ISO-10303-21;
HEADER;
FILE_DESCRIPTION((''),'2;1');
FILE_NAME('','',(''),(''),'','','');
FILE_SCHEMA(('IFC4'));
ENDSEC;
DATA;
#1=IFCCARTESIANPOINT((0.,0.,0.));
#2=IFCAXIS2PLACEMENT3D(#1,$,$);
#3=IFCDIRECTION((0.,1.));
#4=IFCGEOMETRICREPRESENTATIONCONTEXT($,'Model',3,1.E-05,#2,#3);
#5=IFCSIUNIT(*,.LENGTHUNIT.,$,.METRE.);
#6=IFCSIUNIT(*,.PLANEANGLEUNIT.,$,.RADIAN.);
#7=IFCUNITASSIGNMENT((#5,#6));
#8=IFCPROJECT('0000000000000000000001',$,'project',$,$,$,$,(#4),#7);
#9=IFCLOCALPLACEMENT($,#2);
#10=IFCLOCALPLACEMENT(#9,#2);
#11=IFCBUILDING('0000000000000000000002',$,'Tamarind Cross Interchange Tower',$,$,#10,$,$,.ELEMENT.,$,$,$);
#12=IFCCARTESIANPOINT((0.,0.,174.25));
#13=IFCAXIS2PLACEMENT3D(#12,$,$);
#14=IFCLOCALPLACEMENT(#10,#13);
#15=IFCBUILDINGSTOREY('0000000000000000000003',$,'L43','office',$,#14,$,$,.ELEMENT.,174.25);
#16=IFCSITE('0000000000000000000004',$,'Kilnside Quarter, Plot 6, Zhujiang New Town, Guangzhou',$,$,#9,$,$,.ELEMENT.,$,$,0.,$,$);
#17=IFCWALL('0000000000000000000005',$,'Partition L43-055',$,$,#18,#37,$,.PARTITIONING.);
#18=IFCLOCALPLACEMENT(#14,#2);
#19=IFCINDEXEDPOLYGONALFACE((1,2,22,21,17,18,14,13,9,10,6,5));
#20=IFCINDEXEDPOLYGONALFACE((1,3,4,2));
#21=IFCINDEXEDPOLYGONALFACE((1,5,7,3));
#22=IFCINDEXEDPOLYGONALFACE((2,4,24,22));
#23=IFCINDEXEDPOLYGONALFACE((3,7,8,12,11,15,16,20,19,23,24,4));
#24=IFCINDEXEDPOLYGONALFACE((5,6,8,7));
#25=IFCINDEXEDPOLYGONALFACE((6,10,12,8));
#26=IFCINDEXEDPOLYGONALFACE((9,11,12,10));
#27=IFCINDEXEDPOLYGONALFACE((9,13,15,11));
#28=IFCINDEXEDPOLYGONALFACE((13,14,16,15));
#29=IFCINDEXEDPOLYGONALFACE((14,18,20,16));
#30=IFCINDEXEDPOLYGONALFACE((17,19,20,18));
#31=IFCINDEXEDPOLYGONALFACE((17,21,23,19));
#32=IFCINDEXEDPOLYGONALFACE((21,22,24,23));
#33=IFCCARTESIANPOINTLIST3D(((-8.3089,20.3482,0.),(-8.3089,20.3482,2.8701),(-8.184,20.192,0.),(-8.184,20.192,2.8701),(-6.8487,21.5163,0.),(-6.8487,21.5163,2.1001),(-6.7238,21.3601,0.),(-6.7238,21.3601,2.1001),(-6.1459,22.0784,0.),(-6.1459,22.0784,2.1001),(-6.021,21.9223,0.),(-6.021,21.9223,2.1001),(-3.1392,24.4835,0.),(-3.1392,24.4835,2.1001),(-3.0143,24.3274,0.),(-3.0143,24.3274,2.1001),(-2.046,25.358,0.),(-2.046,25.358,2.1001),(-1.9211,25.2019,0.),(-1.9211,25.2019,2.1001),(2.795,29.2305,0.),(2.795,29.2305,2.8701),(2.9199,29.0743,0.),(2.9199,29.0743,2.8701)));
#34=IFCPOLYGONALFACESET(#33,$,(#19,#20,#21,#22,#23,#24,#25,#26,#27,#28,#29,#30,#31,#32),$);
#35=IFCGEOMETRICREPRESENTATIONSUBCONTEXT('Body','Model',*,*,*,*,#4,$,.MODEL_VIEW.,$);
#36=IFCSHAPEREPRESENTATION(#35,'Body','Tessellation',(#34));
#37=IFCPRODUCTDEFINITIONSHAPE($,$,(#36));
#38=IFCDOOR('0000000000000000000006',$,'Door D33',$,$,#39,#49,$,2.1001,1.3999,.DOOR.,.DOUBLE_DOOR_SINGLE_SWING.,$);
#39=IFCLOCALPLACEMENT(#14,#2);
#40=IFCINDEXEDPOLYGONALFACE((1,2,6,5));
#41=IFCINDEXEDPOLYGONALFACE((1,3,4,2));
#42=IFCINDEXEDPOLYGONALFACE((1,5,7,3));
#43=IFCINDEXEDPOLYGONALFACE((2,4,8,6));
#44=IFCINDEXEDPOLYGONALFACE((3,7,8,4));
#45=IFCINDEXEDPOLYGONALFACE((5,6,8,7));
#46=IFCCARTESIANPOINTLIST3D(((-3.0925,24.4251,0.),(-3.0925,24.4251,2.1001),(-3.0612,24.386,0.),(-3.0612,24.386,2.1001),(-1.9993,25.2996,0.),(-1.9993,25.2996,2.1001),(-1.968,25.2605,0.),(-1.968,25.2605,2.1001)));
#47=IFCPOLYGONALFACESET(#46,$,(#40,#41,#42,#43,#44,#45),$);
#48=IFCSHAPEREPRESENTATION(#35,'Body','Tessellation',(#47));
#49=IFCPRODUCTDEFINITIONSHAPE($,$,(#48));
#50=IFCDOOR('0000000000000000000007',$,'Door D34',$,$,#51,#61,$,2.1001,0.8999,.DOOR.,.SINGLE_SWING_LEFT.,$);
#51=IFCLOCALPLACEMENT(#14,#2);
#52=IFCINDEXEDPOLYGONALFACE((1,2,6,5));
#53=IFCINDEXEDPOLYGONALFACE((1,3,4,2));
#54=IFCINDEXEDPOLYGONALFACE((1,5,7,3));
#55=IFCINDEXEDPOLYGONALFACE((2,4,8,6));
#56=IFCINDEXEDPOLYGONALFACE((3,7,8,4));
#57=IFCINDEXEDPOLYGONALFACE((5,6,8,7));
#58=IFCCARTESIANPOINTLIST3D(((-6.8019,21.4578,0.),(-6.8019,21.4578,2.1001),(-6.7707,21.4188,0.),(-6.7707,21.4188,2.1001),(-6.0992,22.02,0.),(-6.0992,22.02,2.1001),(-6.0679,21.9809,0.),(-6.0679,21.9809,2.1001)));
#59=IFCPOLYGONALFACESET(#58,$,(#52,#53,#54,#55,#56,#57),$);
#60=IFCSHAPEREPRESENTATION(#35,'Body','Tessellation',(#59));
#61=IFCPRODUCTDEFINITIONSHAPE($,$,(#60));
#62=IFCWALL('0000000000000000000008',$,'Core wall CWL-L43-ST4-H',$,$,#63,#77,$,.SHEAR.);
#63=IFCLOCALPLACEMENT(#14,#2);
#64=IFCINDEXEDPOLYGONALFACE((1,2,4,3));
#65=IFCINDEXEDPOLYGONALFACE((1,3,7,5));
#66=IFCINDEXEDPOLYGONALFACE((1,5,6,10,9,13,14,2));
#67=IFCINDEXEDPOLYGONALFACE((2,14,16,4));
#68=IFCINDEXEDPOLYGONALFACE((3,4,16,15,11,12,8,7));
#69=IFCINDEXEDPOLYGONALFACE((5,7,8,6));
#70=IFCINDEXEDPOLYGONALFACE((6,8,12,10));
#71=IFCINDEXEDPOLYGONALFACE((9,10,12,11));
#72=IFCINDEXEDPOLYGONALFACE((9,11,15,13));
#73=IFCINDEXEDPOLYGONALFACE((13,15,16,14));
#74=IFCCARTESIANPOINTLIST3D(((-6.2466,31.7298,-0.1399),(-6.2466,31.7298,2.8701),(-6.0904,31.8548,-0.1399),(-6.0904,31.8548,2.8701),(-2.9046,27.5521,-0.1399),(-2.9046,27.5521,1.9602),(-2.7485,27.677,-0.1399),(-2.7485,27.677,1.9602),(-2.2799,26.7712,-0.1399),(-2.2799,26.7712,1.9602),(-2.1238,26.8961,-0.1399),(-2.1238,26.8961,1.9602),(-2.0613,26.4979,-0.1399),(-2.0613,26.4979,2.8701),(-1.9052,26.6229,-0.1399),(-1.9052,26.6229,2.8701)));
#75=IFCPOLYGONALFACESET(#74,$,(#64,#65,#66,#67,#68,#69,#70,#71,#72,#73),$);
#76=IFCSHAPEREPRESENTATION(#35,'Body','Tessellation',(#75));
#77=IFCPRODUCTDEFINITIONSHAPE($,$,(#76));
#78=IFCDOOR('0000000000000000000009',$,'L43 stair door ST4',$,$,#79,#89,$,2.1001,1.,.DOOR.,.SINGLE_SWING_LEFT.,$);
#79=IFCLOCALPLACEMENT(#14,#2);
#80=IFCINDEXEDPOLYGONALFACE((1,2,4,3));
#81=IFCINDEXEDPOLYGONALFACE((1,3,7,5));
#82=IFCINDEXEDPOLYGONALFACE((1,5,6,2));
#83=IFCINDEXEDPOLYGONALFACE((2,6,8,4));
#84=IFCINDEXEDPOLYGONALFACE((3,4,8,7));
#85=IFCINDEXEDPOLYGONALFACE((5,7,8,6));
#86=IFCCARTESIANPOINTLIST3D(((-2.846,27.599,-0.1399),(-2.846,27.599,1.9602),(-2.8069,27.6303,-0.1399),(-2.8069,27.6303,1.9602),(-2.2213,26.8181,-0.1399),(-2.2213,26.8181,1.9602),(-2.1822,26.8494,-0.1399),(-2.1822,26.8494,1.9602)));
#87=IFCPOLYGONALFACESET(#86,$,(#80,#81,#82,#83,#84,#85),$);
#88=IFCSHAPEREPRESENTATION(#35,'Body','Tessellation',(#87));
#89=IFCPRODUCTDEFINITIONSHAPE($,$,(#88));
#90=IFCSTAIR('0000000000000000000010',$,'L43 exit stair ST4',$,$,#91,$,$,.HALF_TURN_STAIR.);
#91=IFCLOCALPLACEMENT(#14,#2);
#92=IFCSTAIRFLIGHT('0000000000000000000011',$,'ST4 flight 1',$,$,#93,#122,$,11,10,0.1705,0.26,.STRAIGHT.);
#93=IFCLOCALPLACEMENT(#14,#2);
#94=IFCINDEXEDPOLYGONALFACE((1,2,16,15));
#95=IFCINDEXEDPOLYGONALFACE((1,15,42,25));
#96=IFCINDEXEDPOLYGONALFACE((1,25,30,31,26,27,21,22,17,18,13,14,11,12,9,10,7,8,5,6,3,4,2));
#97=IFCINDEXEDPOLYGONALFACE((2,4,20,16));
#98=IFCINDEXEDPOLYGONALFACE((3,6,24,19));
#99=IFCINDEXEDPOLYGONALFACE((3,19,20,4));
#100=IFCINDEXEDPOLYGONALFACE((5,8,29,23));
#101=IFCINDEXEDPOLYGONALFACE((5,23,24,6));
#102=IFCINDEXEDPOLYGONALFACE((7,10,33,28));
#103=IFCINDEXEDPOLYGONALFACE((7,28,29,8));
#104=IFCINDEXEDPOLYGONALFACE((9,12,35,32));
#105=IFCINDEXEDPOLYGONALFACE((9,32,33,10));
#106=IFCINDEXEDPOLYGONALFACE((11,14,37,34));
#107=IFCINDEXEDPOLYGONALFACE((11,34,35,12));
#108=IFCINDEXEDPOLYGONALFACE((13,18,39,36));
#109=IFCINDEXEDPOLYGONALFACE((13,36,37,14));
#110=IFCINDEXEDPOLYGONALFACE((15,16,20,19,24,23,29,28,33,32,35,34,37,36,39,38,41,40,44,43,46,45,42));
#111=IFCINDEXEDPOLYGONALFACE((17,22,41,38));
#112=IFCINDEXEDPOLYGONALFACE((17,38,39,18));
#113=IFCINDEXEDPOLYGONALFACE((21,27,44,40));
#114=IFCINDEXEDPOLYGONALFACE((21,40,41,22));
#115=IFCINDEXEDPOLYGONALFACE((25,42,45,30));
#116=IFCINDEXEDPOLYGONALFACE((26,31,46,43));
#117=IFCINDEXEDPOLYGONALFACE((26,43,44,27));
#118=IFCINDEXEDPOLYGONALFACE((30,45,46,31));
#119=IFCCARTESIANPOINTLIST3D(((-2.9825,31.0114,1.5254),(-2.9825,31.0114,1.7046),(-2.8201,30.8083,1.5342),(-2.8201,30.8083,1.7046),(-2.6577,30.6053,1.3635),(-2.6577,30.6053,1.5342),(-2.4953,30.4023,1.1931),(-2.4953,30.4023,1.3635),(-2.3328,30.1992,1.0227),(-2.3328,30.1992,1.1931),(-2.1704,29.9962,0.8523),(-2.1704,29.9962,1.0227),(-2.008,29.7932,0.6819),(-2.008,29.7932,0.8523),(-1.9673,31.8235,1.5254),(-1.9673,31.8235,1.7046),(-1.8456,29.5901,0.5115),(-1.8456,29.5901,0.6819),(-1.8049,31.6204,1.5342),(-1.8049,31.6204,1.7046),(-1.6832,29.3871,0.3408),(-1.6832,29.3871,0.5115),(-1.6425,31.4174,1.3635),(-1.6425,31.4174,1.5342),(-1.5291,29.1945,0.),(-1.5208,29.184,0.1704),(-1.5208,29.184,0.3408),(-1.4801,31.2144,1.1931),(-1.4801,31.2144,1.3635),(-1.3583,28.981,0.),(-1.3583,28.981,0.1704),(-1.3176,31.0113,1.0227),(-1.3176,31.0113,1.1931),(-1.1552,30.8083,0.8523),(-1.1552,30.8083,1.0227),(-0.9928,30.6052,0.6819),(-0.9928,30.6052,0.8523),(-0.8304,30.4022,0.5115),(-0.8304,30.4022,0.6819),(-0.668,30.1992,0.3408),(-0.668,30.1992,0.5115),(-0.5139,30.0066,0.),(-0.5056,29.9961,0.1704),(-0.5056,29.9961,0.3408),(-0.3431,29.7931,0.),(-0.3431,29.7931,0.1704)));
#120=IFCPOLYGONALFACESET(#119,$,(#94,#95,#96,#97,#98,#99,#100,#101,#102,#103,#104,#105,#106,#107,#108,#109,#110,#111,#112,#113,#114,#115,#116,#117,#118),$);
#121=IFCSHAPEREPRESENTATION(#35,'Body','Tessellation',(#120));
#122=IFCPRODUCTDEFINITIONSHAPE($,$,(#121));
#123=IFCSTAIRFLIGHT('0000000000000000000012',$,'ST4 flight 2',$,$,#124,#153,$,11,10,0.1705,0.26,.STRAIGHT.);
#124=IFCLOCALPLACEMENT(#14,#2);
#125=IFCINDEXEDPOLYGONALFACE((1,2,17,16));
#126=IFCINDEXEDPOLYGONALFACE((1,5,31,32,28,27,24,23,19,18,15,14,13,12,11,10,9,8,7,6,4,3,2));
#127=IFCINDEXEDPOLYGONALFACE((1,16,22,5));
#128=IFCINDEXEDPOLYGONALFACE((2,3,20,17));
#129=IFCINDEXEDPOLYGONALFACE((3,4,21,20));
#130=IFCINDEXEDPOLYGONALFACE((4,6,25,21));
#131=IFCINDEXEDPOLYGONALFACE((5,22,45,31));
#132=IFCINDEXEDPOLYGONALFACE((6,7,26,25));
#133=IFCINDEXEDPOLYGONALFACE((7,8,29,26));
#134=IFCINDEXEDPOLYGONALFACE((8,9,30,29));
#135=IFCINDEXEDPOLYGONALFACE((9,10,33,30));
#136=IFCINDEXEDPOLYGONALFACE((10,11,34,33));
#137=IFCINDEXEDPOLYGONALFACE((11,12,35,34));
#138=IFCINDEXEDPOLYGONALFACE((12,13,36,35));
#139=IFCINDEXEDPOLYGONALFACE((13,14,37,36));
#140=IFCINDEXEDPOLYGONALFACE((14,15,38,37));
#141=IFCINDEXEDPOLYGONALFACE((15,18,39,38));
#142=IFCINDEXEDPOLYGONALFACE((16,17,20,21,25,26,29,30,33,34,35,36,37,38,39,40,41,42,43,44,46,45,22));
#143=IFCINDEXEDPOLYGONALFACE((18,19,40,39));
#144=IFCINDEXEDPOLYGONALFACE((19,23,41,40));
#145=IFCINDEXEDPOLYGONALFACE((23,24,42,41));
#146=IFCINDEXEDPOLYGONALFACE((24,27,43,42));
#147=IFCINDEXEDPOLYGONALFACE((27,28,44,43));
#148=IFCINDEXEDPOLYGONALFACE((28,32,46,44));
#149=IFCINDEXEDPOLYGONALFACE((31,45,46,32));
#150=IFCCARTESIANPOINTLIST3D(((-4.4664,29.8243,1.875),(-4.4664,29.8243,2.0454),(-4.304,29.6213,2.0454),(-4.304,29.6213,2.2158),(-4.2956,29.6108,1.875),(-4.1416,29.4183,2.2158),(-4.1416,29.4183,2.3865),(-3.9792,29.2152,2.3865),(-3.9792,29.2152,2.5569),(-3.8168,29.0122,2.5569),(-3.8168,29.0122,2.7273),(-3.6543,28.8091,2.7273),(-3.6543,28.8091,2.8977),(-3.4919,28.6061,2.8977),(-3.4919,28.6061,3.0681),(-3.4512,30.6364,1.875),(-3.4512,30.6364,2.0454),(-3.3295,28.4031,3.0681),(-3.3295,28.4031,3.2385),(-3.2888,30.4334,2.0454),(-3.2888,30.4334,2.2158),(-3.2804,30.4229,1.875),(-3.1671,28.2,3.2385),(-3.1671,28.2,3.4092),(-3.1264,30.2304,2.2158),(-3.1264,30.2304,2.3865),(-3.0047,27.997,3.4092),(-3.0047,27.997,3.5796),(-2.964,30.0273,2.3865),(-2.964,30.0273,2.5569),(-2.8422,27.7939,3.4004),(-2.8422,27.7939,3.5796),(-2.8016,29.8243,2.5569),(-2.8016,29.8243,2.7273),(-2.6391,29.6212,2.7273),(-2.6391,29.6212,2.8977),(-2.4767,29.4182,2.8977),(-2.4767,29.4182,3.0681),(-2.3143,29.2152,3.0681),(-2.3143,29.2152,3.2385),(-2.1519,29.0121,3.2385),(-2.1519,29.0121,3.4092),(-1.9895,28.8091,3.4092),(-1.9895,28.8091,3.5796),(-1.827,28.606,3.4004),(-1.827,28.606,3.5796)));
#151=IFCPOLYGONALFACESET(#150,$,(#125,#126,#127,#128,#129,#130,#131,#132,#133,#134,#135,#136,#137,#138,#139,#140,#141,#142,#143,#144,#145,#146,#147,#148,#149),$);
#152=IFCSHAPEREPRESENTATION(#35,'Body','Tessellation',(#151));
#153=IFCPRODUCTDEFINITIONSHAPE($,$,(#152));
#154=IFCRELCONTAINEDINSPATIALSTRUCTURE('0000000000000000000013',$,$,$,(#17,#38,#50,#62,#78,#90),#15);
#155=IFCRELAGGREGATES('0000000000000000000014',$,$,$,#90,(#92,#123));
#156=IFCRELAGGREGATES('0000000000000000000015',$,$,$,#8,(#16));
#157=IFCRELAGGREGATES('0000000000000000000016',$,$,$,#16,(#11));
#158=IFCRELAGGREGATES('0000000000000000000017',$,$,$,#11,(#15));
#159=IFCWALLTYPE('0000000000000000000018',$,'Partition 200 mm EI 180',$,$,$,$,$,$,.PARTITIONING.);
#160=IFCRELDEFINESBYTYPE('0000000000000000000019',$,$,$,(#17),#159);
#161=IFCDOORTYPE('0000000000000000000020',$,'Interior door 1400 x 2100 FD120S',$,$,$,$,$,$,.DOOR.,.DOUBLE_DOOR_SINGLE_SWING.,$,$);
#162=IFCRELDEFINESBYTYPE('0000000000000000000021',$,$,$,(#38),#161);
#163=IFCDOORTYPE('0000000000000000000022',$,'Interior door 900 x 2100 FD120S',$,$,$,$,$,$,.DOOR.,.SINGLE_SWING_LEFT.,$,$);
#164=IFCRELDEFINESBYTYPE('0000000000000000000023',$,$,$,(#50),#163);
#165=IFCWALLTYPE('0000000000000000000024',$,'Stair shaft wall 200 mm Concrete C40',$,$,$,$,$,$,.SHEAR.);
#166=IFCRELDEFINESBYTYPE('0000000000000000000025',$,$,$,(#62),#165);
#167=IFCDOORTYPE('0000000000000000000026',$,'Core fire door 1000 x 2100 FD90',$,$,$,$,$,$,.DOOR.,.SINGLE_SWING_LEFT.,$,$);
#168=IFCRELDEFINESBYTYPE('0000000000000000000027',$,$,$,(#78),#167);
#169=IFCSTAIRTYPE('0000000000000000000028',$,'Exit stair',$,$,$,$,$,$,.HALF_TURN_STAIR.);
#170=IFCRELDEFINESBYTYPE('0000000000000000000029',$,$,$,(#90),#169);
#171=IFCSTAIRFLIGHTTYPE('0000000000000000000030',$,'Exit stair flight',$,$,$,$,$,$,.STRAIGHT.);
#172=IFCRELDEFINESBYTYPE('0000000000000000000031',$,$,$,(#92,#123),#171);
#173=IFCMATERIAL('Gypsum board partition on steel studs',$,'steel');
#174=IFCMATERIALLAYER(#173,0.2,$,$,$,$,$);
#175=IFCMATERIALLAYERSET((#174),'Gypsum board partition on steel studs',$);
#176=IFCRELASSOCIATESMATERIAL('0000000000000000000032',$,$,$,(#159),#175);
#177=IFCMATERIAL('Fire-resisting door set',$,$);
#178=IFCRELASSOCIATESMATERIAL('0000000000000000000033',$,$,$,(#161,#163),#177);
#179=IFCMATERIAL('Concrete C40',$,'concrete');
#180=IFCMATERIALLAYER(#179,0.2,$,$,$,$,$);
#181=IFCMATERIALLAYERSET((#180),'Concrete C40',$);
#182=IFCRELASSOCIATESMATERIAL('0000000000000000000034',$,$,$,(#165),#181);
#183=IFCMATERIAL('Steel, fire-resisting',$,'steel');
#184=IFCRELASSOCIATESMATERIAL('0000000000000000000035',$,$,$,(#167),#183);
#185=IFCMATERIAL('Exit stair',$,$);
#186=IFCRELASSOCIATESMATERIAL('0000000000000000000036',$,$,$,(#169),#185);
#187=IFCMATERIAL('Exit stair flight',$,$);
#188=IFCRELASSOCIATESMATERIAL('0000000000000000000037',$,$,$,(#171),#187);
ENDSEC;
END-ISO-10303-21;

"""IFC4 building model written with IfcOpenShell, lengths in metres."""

from ifc_helpers import new_model, si_unit, direction, frame, frame_2d, origin, place, context, subcontext, project, spatial, polyline, rectangle, outline, extrude, material, layer, layer_set, type_object, element, fill, aggregate, save


model = new_model("IFC4")

# Units and contexts
model_context = context("Model", 3, precision=1e-05, world=origin(), true_north=direction((0.0, 1.0)))
body_context = subcontext(model_context, "Body", "Model", "MODEL_VIEW")
ifc_project = project(units=[si_unit("LENGTHUNIT", "METRE"), si_unit("PLANEANGLEUNIT", "RADIAN")], contexts=[model_context])

# Site, building, storey
site_placement = place(None, origin())
site = spatial("IfcSite", under=ifc_project, at=site_placement, Name="Kilnside Quarter, Plot 6, Zhujiang New Town, Guangzhou", CompositionType="ELEMENT", RefElevation=0.0)
building_placement = place(site_placement, origin())
building = spatial("IfcBuilding", under=site, at=building_placement, Name="Tamarind Cross Interchange Tower", CompositionType="ELEMENT")
storey_placement = place(building_placement, frame((0.0, 0.0, 174.25)))
storey = spatial("IfcBuildingStorey", under=building, at=storey_placement, Name="L43", Description="office", CompositionType="ELEMENT", Elevation=174.25)

# Shared definitions
ifc_material_1 = material(Name="Gypsum board partition on steel studs", Category="steel")

# Shared definitions
ifc_material_2 = material(Name="Fire-resisting door set")

# Wall, openings, doors
ifc_layer_1 = layer(ifc_material_1, 0.2)
ifc_layer_set_1 = layer_set([ifc_layer_1], Name="Gypsum board partition on steel studs")
wall_type_1 = type_object("IfcWallType", Name="Partition 200 mm EI 180", PredefinedType="PARTITIONING", material=ifc_layer_set_1)
wall_1_placement = place(storey_placement, frame((-8.2466, 20.27, 0.0), z_axis=(0.0, 0.0, 1.0), x_axis=(0.780899, 0.624657, 0.0)))
wall_1 = element("IfcWall", 1, at=wall_1_placement, inside=storey, type_object=wall_type_1, Name="Partition L43-055", PredefinedType="PARTITIONING", context=body_context, shape_type="SweptSolid", body=[
    extrude(rectangle(XDim=14.2195, YDim=0.2, at=frame_2d((7.1099, 0.0))), origin(), (0.0, 0.0, 1.0), 2.8701),
])
opening_1_placement = place(wall_1_placement, frame((6.6204, 0.0, 0.0)))
opening_1 = element("IfcOpeningElement", 2, at=opening_1_placement, cuts=wall_1, PredefinedType="OPENING", context=body_context, shape_type="SweptSolid", body=[
    extrude(rectangle(XDim=1.3999, YDim=2.1001, at=frame_2d((0.7, 1.05))), frame((0.0, 0.1099, 0.0), z_axis=(0.0, -1.0, 0.0), x_axis=(1.0, 0.0, 0.0)), (0.0, 0.0, 1.0), 0.22),
])
opening_2_placement = place(wall_1_placement, frame((1.8701, 0.0, 0.0)))
opening_2 = element("IfcOpeningElement", 3, at=opening_2_placement, cuts=wall_1, PredefinedType="OPENING", context=body_context, shape_type="SweptSolid", body=[
    extrude(rectangle(XDim=0.8999, YDim=2.1001, at=frame_2d((0.45, 1.05))), frame((0.0, 0.1099, 0.0), z_axis=(0.0, -1.0, 0.0), x_axis=(1.0, 0.0, 0.0)), (0.0, 0.0, 1.0), 0.22),
])
door_type_1 = type_object("IfcDoorType", Name="Interior door 1400 x 2100 FD120S", OperationType="DOUBLE_DOOR_SINGLE_SWING", PredefinedType="DOOR", material=ifc_material_2)
door_1_placement = place(opening_1_placement, frame((1.3999, 0.0, 0.0), z_axis=(0.0, 0.0, 1.0), x_axis=(-1.0, 0.0, 0.0)))
door_1 = element("IfcDoor", 4, at=door_1_placement, inside=storey, type_object=door_type_1, Name="Door D33", OperationType="DOUBLE_DOOR_SINGLE_SWING", OverallHeight=2.1001, OverallWidth=1.3999, PredefinedType="DOOR", context=body_context, shape_type="SweptSolid", body=[
    extrude(rectangle(XDim=1.3999, YDim=2.1001, at=frame_2d((0.7, 1.05))), frame((0.0, 0.0249, 0.0), z_axis=(0.0, -1.0, 0.0), x_axis=(1.0, 0.0, 0.0)), (0.0, 0.0, 1.0), 0.05),
])
fill(opening_1, door_1)
door_type_2 = type_object("IfcDoorType", Name="Interior door 900 x 2100 FD120S", OperationType="SINGLE_SWING_LEFT", PredefinedType="DOOR", material=ifc_material_2)
door_2_placement = place(opening_2_placement, frame((0.8999, 0.0, 0.0), z_axis=(0.0, 0.0, 1.0), x_axis=(-1.0, 0.0, 0.0)))
door_2 = element("IfcDoor", 5, at=door_2_placement, inside=storey, type_object=door_type_2, Name="Door D34", OperationType="SINGLE_SWING_LEFT", OverallHeight=2.1001, OverallWidth=0.8999, PredefinedType="DOOR", context=body_context, shape_type="SweptSolid", body=[
    extrude(rectangle(XDim=0.8999, YDim=2.1001, at=frame_2d((0.45, 1.05))), frame((0.0, 0.0249, 0.0), z_axis=(0.0, -1.0, 0.0), x_axis=(1.0, 0.0, 0.0)), (0.0, 0.0, 1.0), 0.05),
])
fill(opening_2, door_2)

# Wall, opening, door
ifc_material_3 = material(Name="Concrete C40", Category="concrete")
ifc_layer_2 = layer(ifc_material_3, 0.2)
ifc_layer_set_2 = layer_set([ifc_layer_2], Name="Concrete C40")
wall_type_2 = type_object("IfcWallType", Name="Stair shaft wall 200 mm Concrete C40", PredefinedType="SHEAR", material=ifc_layer_set_2)
wall_2_placement = place(storey_placement, frame((-1.9832, 26.5603, -0.1399), z_axis=(0.0, 0.0, 1.0), x_axis=(-0.624673, 0.780887, 0.0)))
wall_2 = element("IfcWall", 6, at=wall_2_placement, inside=storey, type_object=wall_type_2, Name="Core wall CWL-L43-ST4-H", PredefinedType="SHEAR", context=body_context, shape_type="SweptSolid", body=[
    extrude(rectangle(XDim=6.7, YDim=0.2, at=frame_2d((3.3501, 0.0))), origin(), (0.0, 0.0, 1.0), 3.01),
])
opening_3_placement = place(wall_2_placement, frame((0.3501, 0.0, 0.0)))
opening_3 = element("IfcOpeningElement", 7, at=opening_3_placement, cuts=wall_2, PredefinedType="OPENING", context=body_context, shape_type="SweptSolid", body=[
    extrude(rectangle(XDim=1.0, YDim=2.1001, at=frame_2d((0.5, 1.05))), frame((0.0, 0.1099, 0.0), z_axis=(0.0, -1.0, 0.0), x_axis=(1.0, 0.0, 0.0)), (0.0, 0.0, 1.0), 0.22),
])
ifc_material_4 = material(Name="Steel, fire-resisting", Category="steel")
door_type_3 = type_object("IfcDoorType", Name="Core fire door 1000 x 2100 FD90", OperationType="SINGLE_SWING_LEFT", PredefinedType="DOOR", material=ifc_material_4)
door_3_placement = place(opening_3_placement, origin())
door_3 = element("IfcDoor", 8, at=door_3_placement, inside=storey, type_object=door_type_3, Name="L43 stair door ST4", OperationType="SINGLE_SWING_LEFT", OverallHeight=2.1001, OverallWidth=1.0, PredefinedType="DOOR", context=body_context, shape_type="SweptSolid", body=[
    extrude(rectangle(XDim=1.0, YDim=2.1001, at=frame_2d((0.5, 1.05))), frame((0.0, 0.0249, 0.0), z_axis=(0.0, -1.0, 0.0), x_axis=(1.0, 0.0, 0.0)), (0.0, 0.0, 1.0), 0.05),
])
fill(opening_3, door_3)

# Stair, stair flights
ifc_material_5 = material(Name="Exit stair")
stair_type = type_object("IfcStairType", Name="Exit stair", PredefinedType="HALF_TURN_STAIR", material=ifc_material_5)
stair_placement = place(storey_placement, origin())
stair = element("IfcStair", 9, at=stair_placement, inside=storey, type_object=stair_type, Name="L43 exit stair ST4", PredefinedType="HALF_TURN_STAIR")
ifc_material_6 = material(Name="Exit stair flight")
stair_flight_type = type_object("IfcStairFlightType", Name="Exit stair flight", PredefinedType="STRAIGHT", material=ifc_material_6)
stair_flight_1_placement = place(storey_placement, frame((-0.8508, 29.387, 0.0), z_axis=(0.0, 0.0, 1.0), x_axis=(-0.624665, 0.780893, 0.0)))
stair_flight_1 = element("IfcStairFlight", 10, at=stair_flight_1_placement, type_object=stair_flight_type, Name="ST4 flight 1", NumberOfRisers=11, NumberOfTreads=10, PredefinedType="STRAIGHT", RiserHeight=0.1705, TreadLength=0.26, context=body_context, shape_type="SweptSolid", body=[
    extrude(outline(polyline([(0.0, 0.0), (0.0, 0.1704), (0.26, 0.1704), (0.26, 0.3408), (0.52, 0.3408), (0.52, 0.5115), (0.78, 0.5115), (0.78, 0.6819), (1.04, 0.6819), (1.04, 0.8523), (1.3, 0.8523), (1.3, 1.0227), (1.5601, 1.0227), (1.5601, 1.1931), (1.8201, 1.1931), (1.8201, 1.3635), (2.0801, 1.3635), (2.0801, 1.5342), (2.3401, 1.5342), (2.3401, 1.7046), (2.6001, 1.7046), (2.6001, 1.875), (2.6001, 1.5254), (0.2734, 0.0), (0.0, 0.0)])), frame((0.0, 0.6499, 0.0), z_axis=(0.0, -1.0, 0.0), x_axis=(1.0, 0.0, 0.0)), (0.0, 0.0, 1.0), 1.3),
])
stair_flight_2_placement = place(storey_placement, frame((-3.9587, 30.2305, 1.875), z_axis=(0.0, 0.0, 1.0), x_axis=(0.624665, -0.780893, 0.0)))
stair_flight_2 = element("IfcStairFlight", 11, at=stair_flight_2_placement, type_object=stair_flight_type, Name="ST4 flight 2", NumberOfRisers=11, NumberOfTreads=10, PredefinedType="STRAIGHT", RiserHeight=0.1705, TreadLength=0.26, context=body_context, shape_type="SweptSolid", body=[
    extrude(outline(polyline([(0.0, 0.0), (0.0, 0.1704), (0.26, 0.1704), (0.26, 0.3408), (0.52, 0.3408), (0.52, 0.5115), (0.78, 0.5115), (0.78, 0.6819), (1.04, 0.6819), (1.04, 0.8523), (1.3, 0.8523), (1.3, 1.0227), (1.5601, 1.0227), (1.5601, 1.1931), (1.8201, 1.1931), (1.8201, 1.3635), (2.0801, 1.3635), (2.0801, 1.5342), (2.3401, 1.5342), (2.3401, 1.7046), (2.6001, 1.7046), (2.6001, 1.875), (2.6001, 1.5254), (0.2734, 0.0), (0.0, 0.0)])), frame((0.0, 0.6499, 0.0), z_axis=(0.0, -1.0, 0.0), x_axis=(1.0, 0.0, 0.0)), (0.0, 0.0, 1.0), 1.3),
])
aggregate(stair, [stair_flight_1, stair_flight_2])

save(model, "model.ifc")
